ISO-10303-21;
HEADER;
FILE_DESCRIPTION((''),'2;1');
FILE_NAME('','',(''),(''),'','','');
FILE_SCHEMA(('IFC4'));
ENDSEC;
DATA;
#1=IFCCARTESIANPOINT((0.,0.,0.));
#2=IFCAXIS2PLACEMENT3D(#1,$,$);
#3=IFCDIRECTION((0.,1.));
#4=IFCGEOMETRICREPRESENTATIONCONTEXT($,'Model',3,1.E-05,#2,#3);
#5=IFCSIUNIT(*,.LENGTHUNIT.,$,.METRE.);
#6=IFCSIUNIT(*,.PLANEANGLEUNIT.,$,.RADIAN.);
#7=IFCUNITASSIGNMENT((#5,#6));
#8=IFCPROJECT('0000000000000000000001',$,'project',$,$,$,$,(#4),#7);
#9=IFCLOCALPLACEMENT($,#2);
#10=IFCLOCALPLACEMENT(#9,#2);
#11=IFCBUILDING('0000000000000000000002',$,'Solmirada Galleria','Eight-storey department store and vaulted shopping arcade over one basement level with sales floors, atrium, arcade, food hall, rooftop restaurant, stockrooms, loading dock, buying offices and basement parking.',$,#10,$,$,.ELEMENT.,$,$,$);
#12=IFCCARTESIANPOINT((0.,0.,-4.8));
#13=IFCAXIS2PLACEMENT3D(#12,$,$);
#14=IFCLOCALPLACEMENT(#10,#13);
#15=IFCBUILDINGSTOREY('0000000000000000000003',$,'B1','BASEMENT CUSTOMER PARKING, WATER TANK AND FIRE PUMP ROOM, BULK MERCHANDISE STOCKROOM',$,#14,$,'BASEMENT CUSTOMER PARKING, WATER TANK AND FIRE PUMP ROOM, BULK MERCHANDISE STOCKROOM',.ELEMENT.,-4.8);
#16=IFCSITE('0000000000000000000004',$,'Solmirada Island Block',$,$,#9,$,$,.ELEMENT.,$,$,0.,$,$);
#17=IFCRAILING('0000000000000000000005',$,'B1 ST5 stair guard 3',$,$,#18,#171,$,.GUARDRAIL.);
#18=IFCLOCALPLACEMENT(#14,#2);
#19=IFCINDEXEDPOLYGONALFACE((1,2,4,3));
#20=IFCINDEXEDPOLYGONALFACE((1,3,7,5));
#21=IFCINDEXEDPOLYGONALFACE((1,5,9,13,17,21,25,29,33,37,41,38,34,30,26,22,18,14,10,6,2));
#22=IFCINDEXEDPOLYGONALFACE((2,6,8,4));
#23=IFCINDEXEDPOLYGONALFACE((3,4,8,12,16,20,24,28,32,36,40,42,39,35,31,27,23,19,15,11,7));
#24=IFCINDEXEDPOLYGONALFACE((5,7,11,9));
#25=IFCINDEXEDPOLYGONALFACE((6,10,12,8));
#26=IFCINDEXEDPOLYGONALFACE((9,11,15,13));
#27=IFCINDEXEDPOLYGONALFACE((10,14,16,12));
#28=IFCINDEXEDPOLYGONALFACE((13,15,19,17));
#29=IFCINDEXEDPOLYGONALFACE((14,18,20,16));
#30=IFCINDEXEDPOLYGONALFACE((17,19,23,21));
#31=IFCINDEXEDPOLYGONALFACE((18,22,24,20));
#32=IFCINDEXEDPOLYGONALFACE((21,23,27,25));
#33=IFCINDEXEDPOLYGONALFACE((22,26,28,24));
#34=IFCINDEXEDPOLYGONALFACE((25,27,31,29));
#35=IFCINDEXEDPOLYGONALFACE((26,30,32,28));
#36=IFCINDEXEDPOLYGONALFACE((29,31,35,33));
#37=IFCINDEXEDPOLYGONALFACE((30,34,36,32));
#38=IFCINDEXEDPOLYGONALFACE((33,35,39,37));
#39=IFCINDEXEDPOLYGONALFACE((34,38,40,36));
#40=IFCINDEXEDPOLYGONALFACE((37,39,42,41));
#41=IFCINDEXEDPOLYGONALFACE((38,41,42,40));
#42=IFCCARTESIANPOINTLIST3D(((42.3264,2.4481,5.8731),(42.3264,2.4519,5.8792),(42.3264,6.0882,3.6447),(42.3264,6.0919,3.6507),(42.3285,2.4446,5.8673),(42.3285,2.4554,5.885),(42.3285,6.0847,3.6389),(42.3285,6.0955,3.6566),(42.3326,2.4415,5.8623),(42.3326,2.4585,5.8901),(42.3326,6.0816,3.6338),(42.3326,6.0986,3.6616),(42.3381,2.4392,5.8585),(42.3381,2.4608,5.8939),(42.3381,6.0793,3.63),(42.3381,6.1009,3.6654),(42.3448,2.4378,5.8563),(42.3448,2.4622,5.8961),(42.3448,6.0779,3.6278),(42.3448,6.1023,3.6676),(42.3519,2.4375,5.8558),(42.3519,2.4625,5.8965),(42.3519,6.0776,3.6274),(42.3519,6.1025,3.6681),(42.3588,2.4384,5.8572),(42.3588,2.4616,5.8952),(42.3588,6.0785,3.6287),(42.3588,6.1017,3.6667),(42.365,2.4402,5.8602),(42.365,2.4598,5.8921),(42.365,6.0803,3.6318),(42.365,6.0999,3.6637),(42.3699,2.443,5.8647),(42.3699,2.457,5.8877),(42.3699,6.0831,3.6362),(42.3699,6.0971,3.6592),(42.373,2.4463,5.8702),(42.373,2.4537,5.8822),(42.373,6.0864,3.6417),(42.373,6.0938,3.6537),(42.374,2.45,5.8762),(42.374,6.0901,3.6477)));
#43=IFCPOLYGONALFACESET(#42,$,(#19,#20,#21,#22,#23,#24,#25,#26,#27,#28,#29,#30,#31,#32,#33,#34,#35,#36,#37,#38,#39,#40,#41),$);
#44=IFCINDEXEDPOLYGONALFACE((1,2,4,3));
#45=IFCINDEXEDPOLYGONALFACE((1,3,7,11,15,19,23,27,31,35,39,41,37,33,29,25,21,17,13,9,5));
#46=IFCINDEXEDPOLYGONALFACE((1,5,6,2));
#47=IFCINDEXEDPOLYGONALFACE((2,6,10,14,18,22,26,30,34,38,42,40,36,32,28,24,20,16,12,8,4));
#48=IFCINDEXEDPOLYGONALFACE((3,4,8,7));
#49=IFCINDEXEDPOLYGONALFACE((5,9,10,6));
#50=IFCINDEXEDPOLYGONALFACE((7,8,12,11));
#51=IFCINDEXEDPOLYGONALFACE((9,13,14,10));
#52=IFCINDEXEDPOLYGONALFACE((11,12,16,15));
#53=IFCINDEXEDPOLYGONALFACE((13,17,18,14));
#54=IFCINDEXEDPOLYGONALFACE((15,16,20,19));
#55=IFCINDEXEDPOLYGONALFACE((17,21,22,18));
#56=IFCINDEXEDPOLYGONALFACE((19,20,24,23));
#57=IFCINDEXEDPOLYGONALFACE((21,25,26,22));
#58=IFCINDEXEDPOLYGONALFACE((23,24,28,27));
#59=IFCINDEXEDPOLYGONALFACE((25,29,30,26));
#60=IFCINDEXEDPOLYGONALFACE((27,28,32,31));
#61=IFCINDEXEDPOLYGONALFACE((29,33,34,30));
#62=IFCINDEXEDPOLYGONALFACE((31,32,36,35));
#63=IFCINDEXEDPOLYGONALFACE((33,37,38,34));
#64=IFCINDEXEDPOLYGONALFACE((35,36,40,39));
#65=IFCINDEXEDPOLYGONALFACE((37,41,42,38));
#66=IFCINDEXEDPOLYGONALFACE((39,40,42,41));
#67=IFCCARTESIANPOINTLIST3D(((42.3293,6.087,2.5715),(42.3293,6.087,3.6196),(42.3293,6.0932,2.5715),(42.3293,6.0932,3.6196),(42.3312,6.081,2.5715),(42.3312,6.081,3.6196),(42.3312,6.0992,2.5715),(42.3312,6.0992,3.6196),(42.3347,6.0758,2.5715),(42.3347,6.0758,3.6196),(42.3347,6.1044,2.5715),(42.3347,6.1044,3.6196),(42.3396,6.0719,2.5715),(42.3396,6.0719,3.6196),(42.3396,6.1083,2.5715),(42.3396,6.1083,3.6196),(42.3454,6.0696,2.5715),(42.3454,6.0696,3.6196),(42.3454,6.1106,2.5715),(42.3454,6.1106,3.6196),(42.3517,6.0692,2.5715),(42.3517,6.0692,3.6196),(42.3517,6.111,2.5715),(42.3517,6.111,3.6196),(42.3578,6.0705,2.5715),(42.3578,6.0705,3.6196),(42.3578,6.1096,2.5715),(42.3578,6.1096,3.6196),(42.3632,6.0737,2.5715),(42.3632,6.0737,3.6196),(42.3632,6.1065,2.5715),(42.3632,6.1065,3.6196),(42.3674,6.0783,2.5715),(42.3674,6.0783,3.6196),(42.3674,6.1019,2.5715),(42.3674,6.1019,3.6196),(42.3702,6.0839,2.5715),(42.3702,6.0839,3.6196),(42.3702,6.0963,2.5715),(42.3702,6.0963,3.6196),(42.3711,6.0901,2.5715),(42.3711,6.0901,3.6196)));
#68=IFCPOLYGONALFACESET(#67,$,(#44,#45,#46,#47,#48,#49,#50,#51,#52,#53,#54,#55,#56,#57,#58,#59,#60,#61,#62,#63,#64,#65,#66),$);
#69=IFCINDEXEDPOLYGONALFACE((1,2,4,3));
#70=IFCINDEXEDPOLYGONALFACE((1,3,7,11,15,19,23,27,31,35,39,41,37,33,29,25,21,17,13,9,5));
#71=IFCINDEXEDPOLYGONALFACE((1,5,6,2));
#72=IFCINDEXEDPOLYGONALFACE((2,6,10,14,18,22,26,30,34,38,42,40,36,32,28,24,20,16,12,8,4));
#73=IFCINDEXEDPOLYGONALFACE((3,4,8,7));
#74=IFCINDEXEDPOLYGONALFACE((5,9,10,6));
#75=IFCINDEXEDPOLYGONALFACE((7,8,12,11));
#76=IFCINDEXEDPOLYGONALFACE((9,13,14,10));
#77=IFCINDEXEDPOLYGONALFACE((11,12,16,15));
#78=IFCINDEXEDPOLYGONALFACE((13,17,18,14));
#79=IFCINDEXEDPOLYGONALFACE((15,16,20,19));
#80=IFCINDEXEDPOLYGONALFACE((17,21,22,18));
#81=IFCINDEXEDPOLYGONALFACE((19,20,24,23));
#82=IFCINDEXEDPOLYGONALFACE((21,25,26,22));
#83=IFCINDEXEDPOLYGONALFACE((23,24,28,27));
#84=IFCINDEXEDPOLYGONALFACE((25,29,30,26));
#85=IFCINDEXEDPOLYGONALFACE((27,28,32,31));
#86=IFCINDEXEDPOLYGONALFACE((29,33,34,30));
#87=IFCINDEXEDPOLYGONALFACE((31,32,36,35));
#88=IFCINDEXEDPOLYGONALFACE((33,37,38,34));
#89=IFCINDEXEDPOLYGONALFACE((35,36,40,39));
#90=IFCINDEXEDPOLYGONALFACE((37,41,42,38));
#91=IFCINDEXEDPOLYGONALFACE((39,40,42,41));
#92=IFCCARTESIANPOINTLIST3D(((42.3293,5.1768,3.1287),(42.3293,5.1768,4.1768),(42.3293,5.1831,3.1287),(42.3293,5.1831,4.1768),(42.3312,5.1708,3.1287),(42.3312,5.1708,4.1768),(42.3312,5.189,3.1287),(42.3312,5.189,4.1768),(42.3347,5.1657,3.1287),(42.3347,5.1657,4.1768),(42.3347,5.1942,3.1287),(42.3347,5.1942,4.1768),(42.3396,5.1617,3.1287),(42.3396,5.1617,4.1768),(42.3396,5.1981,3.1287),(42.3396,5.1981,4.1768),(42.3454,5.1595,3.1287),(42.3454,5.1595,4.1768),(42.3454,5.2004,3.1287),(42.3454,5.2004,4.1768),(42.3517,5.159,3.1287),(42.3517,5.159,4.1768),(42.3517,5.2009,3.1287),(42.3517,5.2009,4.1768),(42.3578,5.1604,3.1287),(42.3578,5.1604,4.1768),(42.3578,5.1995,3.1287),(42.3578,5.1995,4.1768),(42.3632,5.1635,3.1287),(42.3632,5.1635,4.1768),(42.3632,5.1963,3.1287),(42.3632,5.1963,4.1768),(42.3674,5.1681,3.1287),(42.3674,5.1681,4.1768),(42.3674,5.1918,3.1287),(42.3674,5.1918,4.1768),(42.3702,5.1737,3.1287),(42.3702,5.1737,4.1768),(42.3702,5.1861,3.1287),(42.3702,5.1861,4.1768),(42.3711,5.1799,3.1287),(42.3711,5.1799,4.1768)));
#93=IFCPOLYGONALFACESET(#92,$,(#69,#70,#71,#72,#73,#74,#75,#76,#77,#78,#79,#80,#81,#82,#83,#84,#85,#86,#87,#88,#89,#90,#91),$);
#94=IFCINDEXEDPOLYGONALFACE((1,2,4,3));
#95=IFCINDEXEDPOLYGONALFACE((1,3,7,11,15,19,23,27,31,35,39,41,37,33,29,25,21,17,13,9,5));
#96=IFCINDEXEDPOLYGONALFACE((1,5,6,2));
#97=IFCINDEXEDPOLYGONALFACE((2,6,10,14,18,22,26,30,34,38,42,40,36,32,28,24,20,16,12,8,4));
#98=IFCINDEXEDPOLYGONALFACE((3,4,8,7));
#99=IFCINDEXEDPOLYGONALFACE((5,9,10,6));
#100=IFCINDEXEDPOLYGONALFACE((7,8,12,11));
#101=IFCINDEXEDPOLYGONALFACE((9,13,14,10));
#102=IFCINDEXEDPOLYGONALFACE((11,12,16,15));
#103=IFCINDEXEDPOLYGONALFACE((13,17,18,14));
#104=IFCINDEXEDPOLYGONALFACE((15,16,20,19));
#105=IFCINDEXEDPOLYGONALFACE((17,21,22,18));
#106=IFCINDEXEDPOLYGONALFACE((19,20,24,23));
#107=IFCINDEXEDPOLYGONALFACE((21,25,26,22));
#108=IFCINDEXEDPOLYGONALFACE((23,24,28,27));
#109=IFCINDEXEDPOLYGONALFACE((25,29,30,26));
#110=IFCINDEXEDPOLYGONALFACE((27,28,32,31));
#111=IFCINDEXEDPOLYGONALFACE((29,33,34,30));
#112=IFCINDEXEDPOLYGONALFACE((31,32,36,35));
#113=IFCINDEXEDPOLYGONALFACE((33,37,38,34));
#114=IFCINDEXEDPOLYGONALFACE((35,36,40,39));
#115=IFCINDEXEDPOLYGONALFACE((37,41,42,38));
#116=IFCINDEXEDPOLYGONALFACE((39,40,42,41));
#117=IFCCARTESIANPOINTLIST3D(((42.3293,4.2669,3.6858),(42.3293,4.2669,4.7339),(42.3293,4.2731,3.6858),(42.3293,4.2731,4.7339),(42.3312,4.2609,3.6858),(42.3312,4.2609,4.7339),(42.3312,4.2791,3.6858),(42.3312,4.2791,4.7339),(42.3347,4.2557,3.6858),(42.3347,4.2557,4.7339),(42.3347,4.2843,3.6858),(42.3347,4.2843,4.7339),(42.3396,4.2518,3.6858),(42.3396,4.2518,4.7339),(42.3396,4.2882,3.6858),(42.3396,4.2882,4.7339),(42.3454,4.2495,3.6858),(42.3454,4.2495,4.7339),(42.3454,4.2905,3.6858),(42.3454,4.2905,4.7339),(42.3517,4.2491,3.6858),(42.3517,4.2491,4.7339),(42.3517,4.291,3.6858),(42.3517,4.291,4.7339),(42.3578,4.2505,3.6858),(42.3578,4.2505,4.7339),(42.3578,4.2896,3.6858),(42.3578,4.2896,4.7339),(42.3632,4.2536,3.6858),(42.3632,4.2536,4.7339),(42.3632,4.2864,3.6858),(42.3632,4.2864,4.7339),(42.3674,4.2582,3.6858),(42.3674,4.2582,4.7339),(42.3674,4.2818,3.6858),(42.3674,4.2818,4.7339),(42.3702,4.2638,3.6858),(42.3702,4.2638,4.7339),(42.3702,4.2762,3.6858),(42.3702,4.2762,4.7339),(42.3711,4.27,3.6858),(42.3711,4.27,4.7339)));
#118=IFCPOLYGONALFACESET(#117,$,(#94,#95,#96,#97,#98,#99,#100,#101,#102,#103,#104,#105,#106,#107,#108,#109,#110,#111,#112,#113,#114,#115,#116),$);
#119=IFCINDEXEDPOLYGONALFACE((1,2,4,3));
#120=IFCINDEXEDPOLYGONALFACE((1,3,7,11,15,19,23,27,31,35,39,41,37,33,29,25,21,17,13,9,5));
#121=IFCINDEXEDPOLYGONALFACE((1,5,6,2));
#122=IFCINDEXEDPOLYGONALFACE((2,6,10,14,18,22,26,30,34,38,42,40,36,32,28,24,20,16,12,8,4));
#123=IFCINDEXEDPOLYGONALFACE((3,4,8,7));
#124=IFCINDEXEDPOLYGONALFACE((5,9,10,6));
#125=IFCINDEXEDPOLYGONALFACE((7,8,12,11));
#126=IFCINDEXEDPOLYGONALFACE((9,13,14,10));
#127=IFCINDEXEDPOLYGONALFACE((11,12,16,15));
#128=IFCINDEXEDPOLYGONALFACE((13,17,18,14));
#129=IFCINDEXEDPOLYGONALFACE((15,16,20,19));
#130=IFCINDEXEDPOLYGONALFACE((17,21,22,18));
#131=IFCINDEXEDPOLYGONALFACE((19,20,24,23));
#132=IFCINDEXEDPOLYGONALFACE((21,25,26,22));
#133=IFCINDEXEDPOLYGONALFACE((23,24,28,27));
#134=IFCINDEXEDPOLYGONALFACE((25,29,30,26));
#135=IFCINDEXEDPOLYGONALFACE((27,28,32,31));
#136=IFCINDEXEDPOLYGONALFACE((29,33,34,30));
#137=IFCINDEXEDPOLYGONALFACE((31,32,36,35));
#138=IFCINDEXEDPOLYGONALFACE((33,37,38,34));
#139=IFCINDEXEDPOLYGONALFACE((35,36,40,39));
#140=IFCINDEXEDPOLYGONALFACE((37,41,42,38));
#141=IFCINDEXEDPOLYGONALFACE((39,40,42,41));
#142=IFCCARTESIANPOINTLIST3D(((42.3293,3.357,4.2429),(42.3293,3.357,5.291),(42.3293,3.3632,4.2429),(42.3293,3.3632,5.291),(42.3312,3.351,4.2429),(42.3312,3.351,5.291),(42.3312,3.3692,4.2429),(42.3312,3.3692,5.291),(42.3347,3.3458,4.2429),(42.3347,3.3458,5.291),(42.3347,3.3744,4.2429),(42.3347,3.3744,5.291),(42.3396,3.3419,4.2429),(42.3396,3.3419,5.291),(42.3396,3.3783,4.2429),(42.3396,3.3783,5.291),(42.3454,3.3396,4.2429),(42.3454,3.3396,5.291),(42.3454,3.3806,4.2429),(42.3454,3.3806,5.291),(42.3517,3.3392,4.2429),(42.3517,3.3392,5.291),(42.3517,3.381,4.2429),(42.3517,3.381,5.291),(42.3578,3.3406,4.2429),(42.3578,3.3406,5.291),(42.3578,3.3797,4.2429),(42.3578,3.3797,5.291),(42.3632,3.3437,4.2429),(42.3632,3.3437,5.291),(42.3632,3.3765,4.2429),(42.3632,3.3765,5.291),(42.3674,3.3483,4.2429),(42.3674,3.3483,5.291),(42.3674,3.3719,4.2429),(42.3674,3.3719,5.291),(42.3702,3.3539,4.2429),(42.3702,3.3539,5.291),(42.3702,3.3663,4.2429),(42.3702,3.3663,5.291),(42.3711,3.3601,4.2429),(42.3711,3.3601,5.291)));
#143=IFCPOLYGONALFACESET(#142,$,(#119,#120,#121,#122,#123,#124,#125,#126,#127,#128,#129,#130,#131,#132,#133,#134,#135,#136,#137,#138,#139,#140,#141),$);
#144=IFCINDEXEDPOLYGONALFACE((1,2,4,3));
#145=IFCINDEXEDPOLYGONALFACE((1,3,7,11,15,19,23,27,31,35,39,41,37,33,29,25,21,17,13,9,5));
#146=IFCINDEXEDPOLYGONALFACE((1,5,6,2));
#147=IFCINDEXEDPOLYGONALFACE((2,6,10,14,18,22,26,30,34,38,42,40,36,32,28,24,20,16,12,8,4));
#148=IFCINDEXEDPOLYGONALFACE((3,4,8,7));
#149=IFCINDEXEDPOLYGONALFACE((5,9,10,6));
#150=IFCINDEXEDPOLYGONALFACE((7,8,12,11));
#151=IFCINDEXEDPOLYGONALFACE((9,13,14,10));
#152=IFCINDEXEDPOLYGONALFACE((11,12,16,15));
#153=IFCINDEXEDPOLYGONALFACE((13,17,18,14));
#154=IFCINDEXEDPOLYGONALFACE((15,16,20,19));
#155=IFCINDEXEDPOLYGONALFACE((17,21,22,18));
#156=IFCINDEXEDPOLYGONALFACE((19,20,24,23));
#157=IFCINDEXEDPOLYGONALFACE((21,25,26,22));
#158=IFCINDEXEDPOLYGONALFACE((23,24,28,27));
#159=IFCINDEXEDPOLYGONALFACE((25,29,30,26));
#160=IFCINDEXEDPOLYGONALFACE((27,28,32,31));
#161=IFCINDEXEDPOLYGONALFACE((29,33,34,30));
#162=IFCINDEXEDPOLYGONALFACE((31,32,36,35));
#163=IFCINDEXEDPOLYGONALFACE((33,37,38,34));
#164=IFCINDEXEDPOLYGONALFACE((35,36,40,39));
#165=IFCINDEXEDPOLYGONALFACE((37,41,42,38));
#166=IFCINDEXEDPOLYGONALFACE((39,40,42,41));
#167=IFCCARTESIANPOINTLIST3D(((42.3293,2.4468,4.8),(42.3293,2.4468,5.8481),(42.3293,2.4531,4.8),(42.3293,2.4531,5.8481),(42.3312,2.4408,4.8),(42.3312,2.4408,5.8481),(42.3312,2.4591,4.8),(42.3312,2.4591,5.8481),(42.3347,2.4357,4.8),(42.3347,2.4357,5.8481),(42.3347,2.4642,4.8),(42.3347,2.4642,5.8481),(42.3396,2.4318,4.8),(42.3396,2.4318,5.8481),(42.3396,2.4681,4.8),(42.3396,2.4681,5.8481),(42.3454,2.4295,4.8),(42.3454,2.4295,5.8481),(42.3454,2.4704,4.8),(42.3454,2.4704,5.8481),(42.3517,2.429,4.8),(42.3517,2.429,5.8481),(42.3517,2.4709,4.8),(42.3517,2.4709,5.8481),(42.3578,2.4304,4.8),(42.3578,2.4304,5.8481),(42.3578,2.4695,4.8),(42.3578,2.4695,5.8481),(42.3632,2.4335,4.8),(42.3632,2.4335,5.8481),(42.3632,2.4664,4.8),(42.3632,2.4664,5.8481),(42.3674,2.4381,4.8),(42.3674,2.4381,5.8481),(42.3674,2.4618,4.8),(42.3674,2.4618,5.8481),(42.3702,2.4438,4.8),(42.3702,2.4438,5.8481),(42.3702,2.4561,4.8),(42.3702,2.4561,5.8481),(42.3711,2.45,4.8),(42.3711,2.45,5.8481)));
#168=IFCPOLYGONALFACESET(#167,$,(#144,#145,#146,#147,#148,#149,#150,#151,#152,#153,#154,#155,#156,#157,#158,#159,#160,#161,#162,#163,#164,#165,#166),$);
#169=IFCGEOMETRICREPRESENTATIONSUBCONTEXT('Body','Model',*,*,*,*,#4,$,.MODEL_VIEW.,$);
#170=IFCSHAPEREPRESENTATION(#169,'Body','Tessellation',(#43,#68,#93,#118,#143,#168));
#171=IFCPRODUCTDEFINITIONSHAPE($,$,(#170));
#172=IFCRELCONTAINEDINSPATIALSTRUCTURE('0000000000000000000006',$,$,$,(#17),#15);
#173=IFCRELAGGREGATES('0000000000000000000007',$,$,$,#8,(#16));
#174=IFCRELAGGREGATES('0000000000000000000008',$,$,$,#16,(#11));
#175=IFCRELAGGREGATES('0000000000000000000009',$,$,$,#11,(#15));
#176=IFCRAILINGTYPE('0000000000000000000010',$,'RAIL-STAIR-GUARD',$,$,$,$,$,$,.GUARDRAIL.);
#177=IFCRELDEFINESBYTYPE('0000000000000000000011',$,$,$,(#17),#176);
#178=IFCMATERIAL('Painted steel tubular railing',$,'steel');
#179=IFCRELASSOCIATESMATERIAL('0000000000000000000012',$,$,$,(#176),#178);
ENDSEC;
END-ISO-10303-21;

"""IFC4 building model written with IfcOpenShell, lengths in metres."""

from ifc_helpers import new_model, si_unit, direction, frame, origin, origin_2d, place, context, subcontext, project, spatial, circle, extrude, material, type_object, element, save


model = new_model("IFC4")

# Units and contexts
model_context = context("Model", 3, precision=1e-05, world=origin(), true_north=direction((0.0, 1.0)))
body_context = subcontext(model_context, "Body", "Model", "MODEL_VIEW")
ifc_project = project(units=[si_unit("LENGTHUNIT", "METRE"), si_unit("PLANEANGLEUNIT", "RADIAN")], contexts=[model_context])

# Site, building, storey
site_placement = place(None, origin())
site = spatial("IfcSite", under=ifc_project, at=site_placement, Name="Solmirada Island Block", CompositionType="ELEMENT", RefElevation=0.0)
building_placement = place(site_placement, origin())
building = spatial("IfcBuilding", under=site, at=building_placement, Name="Solmirada Galleria", Description="Eight-storey department store and vaulted shopping arcade over one basement level with sales floors, atrium, arcade, food hall, rooftop restaurant, stockrooms, loading dock, buying offices and basement parking.", CompositionType="ELEMENT")
storey_placement = place(building_placement, frame((0.0, 0.0, -4.8)))
storey = spatial("IfcBuildingStorey", under=building, at=storey_placement, Name="B1", Description="BASEMENT CUSTOMER PARKING, WATER TANK AND FIRE PUMP ROOM, BULK MERCHANDISE STOCKROOM", LongName="BASEMENT CUSTOMER PARKING, WATER TANK AND FIRE PUMP ROOM, BULK MERCHANDISE STOCKROOM", CompositionType="ELEMENT", Elevation=-4.8)

# Railing
ifc_material_1 = material(Name="Painted steel tubular railing", Category="steel")
railing_type_1 = type_object("IfcRailingType", Name="RAIL-STAIR-GUARD", PredefinedType="GUARDRAIL", material=ifc_material_1)
railing_1_placement = place(storey_placement, frame((42.3501, 6.0901, 2.5715)))
element("IfcRailing", 1, at=railing_1_placement, inside=storey, type_object=railing_type_1, Name="B1 ST5 stair guard 3", PredefinedType="GUARDRAIL", context=body_context, shape_type="SweptSolid", body=[
    extrude(circle(Radius=0.0239, at=origin_2d()), frame((0.0, 0.0, 1.0762), z_axis=(0.0, -0.852866, 0.52213), x_axis=(1.0, 0.0, 0.0)), (0.0, 0.0, 1.0), 4.2681),
    extrude(circle(Radius=0.021, at=origin_2d()), origin(), (0.0, 0.0, 1.0), 1.0481),
    extrude(circle(Radius=0.021, at=origin_2d()), frame((0.0, -0.9102, 0.5571)), (0.0, 0.0, 1.0), 1.0481),
    extrude(circle(Radius=0.021, at=origin_2d()), frame((0.0, -1.8201, 1.1143)), (0.0, 0.0, 1.0), 1.0481),
    extrude(circle(Radius=0.021, at=origin_2d()), frame((0.0, -2.73, 1.6714)), (0.0, 0.0, 1.0), 1.0481),
    extrude(circle(Radius=0.021, at=origin_2d()), frame((0.0, -3.6401, 2.2285)), (0.0, 0.0, 1.0), 1.0481),
])

save(model, "model.ifc")
